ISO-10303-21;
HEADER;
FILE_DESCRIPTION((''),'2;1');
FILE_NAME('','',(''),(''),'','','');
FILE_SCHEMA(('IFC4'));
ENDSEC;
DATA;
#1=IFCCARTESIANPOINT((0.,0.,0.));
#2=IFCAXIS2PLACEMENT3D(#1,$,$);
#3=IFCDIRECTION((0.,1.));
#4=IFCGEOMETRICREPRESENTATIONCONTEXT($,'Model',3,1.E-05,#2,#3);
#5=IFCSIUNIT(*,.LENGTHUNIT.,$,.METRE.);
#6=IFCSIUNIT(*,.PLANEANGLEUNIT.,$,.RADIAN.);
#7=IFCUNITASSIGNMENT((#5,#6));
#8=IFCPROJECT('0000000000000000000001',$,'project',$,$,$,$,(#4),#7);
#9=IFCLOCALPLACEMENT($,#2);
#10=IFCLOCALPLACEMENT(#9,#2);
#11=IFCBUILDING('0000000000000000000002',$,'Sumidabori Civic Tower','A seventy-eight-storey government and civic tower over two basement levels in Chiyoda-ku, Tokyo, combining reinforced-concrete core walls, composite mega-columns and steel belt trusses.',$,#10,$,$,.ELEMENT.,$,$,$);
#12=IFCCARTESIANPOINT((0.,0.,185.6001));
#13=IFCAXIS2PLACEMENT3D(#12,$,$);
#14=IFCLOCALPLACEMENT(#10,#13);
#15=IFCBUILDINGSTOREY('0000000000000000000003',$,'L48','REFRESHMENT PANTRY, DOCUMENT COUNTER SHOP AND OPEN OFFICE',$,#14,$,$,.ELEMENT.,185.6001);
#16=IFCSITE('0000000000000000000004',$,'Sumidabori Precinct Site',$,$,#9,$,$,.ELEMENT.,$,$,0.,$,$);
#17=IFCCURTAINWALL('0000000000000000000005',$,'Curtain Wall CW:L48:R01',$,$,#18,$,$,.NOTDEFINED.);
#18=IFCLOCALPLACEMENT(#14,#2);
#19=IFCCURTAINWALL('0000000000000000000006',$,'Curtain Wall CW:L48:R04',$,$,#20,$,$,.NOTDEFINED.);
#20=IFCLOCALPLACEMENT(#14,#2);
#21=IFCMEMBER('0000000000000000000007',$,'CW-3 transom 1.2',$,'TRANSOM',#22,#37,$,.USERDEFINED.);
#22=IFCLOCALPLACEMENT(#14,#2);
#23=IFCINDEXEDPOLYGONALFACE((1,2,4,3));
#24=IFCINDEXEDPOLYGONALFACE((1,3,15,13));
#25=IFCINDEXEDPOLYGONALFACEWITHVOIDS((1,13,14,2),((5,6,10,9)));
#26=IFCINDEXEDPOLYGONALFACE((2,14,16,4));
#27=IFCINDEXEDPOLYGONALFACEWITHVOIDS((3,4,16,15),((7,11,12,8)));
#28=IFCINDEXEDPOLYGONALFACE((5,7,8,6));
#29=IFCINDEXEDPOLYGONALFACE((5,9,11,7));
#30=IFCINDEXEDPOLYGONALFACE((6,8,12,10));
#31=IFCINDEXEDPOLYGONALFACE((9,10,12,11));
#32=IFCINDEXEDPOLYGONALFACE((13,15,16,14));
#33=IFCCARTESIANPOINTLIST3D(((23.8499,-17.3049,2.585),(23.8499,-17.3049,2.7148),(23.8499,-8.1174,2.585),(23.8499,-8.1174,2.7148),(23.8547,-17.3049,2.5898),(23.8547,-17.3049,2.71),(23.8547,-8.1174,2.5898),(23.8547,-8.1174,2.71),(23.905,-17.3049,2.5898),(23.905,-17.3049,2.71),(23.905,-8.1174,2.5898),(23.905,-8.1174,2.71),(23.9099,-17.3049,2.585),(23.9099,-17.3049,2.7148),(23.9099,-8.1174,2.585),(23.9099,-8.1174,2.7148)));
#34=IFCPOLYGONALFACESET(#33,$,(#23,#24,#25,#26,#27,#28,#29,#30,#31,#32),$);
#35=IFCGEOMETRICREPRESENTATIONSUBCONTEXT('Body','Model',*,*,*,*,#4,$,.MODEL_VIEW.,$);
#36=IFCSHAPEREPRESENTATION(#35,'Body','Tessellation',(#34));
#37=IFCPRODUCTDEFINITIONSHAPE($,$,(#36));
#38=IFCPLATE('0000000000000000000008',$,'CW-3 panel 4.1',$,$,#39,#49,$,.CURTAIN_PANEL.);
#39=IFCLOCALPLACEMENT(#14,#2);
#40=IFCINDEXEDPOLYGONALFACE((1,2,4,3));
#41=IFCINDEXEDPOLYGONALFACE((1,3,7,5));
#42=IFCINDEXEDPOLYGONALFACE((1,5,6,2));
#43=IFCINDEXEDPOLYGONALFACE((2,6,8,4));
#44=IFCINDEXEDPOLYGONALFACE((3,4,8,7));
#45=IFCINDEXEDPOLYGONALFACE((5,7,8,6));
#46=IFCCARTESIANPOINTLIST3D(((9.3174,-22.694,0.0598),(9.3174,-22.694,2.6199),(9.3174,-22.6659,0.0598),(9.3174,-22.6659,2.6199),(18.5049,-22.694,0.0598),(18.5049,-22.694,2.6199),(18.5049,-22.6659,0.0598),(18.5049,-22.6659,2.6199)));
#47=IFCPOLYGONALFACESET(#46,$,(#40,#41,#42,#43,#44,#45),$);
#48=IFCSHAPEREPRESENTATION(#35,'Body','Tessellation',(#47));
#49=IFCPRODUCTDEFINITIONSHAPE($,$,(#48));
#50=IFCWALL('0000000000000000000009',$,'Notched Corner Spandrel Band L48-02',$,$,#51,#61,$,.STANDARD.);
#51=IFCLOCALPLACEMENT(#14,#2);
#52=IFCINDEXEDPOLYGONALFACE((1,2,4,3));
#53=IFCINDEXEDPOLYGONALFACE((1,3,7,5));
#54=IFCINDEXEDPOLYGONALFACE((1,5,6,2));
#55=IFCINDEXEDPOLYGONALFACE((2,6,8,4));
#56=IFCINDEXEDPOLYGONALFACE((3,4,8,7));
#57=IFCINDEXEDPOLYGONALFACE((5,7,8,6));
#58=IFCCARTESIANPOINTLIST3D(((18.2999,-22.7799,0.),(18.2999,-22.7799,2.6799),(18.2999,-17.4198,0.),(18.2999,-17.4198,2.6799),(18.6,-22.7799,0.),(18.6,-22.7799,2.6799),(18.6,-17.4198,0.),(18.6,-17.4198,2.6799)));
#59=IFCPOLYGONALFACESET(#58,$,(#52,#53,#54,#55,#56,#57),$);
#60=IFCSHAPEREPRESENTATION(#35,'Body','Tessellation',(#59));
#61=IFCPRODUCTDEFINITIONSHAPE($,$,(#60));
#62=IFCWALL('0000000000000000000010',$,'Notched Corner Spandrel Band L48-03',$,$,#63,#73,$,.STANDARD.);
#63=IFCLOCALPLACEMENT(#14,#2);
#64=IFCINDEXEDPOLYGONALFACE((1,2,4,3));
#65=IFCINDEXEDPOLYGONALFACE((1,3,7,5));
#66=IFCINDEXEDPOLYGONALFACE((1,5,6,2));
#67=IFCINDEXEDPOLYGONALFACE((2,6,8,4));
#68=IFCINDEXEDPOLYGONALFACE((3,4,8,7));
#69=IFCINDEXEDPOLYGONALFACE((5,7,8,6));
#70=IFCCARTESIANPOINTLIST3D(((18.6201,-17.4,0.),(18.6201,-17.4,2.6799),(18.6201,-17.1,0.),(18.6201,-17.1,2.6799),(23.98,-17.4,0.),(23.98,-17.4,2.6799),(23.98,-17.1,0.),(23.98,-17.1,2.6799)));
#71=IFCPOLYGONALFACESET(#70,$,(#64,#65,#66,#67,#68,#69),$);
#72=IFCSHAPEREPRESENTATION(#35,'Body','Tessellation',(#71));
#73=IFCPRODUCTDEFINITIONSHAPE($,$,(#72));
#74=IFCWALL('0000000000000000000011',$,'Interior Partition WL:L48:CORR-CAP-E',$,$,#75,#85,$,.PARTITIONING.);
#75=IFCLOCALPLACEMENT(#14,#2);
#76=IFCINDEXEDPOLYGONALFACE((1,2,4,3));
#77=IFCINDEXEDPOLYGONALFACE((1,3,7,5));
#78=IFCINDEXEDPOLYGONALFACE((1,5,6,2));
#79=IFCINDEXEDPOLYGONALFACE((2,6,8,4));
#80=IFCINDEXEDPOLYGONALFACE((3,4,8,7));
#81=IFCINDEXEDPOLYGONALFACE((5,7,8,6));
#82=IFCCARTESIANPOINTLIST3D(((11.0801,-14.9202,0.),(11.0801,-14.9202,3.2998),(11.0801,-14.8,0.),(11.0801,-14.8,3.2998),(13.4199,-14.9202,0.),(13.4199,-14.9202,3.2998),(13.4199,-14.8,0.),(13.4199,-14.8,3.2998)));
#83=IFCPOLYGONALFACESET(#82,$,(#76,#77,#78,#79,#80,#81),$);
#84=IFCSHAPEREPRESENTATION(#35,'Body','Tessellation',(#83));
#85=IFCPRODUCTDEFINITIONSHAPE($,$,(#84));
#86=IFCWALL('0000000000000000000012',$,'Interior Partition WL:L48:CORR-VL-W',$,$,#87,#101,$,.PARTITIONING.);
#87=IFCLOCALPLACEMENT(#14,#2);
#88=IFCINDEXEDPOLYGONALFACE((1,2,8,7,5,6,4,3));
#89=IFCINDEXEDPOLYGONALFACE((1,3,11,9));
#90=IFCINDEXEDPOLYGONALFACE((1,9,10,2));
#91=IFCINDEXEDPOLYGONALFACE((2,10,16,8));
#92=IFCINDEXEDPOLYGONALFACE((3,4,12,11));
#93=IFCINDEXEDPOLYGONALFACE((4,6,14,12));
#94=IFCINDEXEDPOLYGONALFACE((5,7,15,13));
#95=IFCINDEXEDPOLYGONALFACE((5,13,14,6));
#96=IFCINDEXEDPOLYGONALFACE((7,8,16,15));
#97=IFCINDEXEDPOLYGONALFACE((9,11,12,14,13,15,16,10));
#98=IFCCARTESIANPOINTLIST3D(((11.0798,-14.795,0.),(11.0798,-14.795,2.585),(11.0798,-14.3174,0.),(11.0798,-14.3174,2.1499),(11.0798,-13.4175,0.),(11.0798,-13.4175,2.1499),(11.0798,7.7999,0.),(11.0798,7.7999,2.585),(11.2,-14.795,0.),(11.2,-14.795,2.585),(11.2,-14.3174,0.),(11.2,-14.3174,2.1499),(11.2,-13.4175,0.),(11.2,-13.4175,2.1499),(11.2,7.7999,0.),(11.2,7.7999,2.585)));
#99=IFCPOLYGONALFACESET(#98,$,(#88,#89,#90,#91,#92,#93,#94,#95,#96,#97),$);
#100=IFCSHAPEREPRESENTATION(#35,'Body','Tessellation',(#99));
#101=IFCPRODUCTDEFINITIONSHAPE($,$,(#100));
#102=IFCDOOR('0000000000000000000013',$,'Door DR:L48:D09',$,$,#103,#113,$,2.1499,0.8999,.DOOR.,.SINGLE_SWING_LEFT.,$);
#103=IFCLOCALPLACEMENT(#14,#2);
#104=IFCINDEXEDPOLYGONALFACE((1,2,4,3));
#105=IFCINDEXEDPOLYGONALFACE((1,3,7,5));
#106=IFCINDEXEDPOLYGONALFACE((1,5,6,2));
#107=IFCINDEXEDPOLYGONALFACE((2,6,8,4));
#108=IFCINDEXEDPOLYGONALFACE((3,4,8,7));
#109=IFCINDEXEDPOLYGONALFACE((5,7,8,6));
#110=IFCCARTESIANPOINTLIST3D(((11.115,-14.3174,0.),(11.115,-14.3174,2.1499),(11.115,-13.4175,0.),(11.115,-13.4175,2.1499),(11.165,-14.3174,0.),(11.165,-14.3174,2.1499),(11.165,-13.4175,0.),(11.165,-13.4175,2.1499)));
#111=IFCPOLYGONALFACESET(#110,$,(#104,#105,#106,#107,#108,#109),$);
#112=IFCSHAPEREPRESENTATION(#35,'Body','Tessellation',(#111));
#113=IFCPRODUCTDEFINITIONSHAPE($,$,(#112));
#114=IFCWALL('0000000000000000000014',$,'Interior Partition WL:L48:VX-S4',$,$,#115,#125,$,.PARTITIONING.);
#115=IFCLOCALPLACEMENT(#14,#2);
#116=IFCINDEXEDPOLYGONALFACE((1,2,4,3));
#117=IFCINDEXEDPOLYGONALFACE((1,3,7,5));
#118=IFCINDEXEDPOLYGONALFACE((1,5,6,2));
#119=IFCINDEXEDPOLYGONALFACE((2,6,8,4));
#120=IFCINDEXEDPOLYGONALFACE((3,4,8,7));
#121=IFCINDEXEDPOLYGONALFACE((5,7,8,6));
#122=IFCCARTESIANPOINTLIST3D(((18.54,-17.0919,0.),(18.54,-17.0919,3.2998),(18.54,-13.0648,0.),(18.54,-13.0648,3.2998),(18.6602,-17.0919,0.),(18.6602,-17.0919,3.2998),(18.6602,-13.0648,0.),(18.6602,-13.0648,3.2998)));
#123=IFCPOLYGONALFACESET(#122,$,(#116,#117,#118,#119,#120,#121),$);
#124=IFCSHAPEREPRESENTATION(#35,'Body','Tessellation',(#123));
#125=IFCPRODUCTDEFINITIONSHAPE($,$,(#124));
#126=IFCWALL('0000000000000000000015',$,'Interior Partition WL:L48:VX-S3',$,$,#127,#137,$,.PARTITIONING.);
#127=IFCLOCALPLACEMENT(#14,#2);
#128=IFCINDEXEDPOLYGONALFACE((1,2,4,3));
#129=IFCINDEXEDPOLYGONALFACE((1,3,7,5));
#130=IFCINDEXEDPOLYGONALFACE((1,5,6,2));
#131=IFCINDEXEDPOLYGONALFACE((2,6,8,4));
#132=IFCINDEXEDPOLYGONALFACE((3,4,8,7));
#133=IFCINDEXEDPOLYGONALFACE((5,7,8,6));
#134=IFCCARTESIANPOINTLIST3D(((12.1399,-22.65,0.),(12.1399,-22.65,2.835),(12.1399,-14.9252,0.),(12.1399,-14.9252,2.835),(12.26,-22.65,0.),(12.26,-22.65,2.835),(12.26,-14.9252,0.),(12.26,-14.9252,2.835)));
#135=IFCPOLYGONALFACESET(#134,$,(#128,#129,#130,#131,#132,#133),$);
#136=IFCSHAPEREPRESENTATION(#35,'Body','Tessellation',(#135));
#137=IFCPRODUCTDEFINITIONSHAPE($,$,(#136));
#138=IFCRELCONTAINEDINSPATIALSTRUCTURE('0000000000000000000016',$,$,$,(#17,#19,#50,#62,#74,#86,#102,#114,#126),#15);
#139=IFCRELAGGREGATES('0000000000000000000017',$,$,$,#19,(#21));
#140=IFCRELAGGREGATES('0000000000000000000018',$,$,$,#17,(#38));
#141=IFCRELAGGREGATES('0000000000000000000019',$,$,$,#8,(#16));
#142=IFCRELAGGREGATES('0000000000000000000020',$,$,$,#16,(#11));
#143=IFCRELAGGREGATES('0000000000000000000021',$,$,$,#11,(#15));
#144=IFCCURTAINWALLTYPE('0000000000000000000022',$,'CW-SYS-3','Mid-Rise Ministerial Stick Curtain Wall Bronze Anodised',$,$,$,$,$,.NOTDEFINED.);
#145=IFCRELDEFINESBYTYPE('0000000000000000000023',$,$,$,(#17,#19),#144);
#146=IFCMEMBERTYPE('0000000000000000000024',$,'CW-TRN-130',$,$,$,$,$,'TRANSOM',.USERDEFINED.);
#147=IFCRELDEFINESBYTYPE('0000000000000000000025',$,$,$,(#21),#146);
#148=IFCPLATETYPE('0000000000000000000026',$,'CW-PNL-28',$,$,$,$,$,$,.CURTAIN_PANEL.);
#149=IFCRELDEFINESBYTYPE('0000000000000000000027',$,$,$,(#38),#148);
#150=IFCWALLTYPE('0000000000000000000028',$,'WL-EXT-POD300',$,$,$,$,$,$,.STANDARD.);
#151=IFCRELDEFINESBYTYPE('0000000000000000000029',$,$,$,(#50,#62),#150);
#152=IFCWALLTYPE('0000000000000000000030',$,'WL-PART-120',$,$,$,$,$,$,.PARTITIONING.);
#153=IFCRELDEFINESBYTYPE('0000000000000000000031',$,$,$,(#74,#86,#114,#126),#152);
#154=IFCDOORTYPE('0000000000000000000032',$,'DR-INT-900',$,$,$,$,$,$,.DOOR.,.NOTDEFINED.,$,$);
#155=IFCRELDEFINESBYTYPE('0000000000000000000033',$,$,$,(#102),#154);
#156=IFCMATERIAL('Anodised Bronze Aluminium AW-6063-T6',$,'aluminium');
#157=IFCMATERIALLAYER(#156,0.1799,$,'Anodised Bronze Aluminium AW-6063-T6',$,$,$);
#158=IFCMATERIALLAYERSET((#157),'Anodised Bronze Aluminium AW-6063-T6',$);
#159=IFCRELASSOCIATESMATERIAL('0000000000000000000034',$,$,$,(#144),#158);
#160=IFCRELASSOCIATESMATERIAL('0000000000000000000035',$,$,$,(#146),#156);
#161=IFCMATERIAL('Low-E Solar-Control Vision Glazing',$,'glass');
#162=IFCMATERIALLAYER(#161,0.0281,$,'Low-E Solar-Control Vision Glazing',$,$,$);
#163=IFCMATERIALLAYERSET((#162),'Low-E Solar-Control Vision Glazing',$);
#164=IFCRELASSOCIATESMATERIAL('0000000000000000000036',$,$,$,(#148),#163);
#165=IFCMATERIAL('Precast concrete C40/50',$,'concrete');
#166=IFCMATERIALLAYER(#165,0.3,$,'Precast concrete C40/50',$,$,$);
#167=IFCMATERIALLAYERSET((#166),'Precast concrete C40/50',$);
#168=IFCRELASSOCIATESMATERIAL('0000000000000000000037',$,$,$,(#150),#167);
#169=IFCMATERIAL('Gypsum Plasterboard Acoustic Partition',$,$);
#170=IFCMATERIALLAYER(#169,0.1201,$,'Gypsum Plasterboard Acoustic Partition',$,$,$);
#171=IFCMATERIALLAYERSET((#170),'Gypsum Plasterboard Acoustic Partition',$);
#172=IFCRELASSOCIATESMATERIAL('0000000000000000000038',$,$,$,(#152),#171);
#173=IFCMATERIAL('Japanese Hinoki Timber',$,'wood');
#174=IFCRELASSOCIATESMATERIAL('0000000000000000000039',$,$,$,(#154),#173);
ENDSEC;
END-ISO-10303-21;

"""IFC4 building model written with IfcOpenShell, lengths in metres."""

from ifc_helpers import new_model, si_unit, direction, frame, frame_2d, origin, origin_2d, place, context, subcontext, project, spatial, rectangle, hollow_rectangle, extrude, source, transform, mapped, material, layer, layer_set, material_profile, profile_set, type_object, element, fill, aggregate, save


model = new_model("IFC4")

# Units and contexts
model_context = context("Model", 3, precision=1e-05, world=origin(), true_north=direction((0.0, 1.0)))
body_context = subcontext(model_context, "Body", "Model", "MODEL_VIEW")
ifc_project = project(units=[si_unit("LENGTHUNIT", "METRE"), si_unit("PLANEANGLEUNIT", "RADIAN")], contexts=[model_context])

# Site, building, storey
site_placement = place(None, origin())
site = spatial("IfcSite", under=ifc_project, at=site_placement, Name="Sumidabori Precinct Site", CompositionType="ELEMENT", RefElevation=0.0)
building_placement = place(site_placement, origin())
building = spatial("IfcBuilding", under=site, at=building_placement, Name="Sumidabori Civic Tower", Description="A seventy-eight-storey government and civic tower over two basement levels in Chiyoda-ku, Tokyo, combining reinforced-concrete core walls, composite mega-columns and steel belt trusses.", CompositionType="ELEMENT")
storey_placement = place(building_placement, frame((0.0, 0.0, 185.6001)))
storey = spatial("IfcBuildingStorey", under=building, at=storey_placement, Name="L48", Description="REFRESHMENT PANTRY, DOCUMENT COUNTER SHOP AND OPEN OFFICE", CompositionType="ELEMENT", Elevation=185.6001)

# Curtain wall
ifc_material_1 = material(Name="Anodised Bronze Aluminium AW-6063-T6", Category="aluminium")
ifc_layer_1 = layer(ifc_material_1, 0.1799, Name="Anodised Bronze Aluminium AW-6063-T6")
ifc_layer_set_1 = layer_set([ifc_layer_1], Name="Anodised Bronze Aluminium AW-6063-T6")
curtain_wall_type = type_object("IfcCurtainWallType", Name="CW-SYS-3", Description="Mid-Rise Ministerial Stick Curtain Wall Bronze Anodised", PredefinedType="NOTDEFINED", material=ifc_layer_set_1)
curtain_wall_1_placement = place(storey_placement, origin())
curtain_wall_1 = element("IfcCurtainWall", 1, at=curtain_wall_1_placement, inside=storey, type_object=curtain_wall_type, Name="Curtain Wall CW:L48:R01", PredefinedType="NOTDEFINED")

# Curtain wall
curtain_wall_2_placement = place(storey_placement, origin())
curtain_wall_2 = element("IfcCurtainWall", 2, at=curtain_wall_2_placement, inside=storey, type_object=curtain_wall_type, Name="Curtain Wall CW:L48:R04", PredefinedType="NOTDEFINED")

# Member
ifc_material_profile_1 = material_profile(ifc_material_1, hollow_rectangle(XDim=0.0601, YDim=0.1299, WallThickness=0.0049, at=origin_2d()), Name="ALU TRANSOM 130x60")
ifc_profile_set_1 = profile_set([ifc_material_profile_1], Name="Anodised Bronze Aluminium AW-6063-T6")
member_type_1 = type_object("IfcMemberType", Name="CW-TRN-130", ElementType="TRANSOM", PredefinedType="USERDEFINED", material=ifc_profile_set_1)
shared_shape_1 = source(origin(), body_context, "Body", "SweptSolid", [
    extrude(hollow_rectangle(XDim=0.0601, YDim=0.1299, WallThickness=0.0049, at=origin_2d()), origin(), (0.0, 0.0, 1.0), 9.1875),
])
member_1_placement = place(storey_placement, frame((23.8799, -17.3049, 2.6499), z_axis=(0.0, 1.0, 0.0), x_axis=(-1.0, 0.0, 0.0)))
member_1 = element("IfcMember", 3, at=member_1_placement, type_object=member_type_1, Name="CW-3 transom 1.2", ObjectType="TRANSOM", PredefinedType="USERDEFINED", context=body_context, shape_type="MappedRepresentation", body=[
    mapped(shared_shape_1, transform((0.0, 0.0, 0.0), x_axis=(1.0, 0.0, 0.0), y_axis=(0.0, 1.0, 0.0), z_axis=(0.0, 0.0, 1.0), scale=1.0)),
])
aggregate(curtain_wall_2, [member_1])

# Plate
ifc_material_2 = material(Name="Low-E Solar-Control Vision Glazing", Category="glass")
ifc_layer_2 = layer(ifc_material_2, 0.0281, Name="Low-E Solar-Control Vision Glazing")
ifc_layer_set_2 = layer_set([ifc_layer_2], Name="Low-E Solar-Control Vision Glazing")
plate_type = type_object("IfcPlateType", Name="CW-PNL-28", PredefinedType="CURTAIN_PANEL", material=ifc_layer_set_2)
shared_shape_2 = source(origin(), body_context, "Body", "SweptSolid", [
    extrude(rectangle(XDim=9.1875, YDim=0.0281, at=origin_2d()), origin(), (0.0, 0.0, 1.0), 2.5601),
])
plate_placement = place(storey_placement, frame((13.9111, -22.6799, 0.0598), z_axis=(0.0, 0.0, 1.0), x_axis=(1.0, 0.0, 0.0)))
plate = element("IfcPlate", 4, at=plate_placement, type_object=plate_type, Name="CW-3 panel 4.1", PredefinedType="CURTAIN_PANEL", context=body_context, shape_type="MappedRepresentation", body=[
    mapped(shared_shape_2, transform((0.0, 0.0, 0.0), x_axis=(1.0, 0.0, 0.0), y_axis=(0.0, 1.0, 0.0), z_axis=(0.0, 0.0, 1.0), scale=1.0)),
])
aggregate(curtain_wall_1, [plate])

# Walls
ifc_material_3 = material(Name="Precast concrete C40/50", Category="concrete")
ifc_layer_3 = layer(ifc_material_3, 0.3, Name="Precast concrete C40/50")
ifc_layer_set_3 = layer_set([ifc_layer_3], Name="Precast concrete C40/50")
wall_type_1 = type_object("IfcWallType", Name="WL-EXT-POD300", PredefinedType="STANDARD", material=ifc_layer_set_3)
shared_shape_3 = source(origin(), body_context, "Body", "SweptSolid", [
    extrude(rectangle(XDim=5.3601, YDim=0.3, at=frame_2d((2.6802, 0.0))), origin(), (0.0, 0.0, 1.0), 2.6799),
])
wall_1_placement = place(storey_placement, frame((18.45, -22.78, 0.0), z_axis=(0.0, 0.0, 1.0), x_axis=(0.0, 1.0, 0.0)))
element("IfcWall", 5, at=wall_1_placement, inside=storey, type_object=wall_type_1, Name="Notched Corner Spandrel Band L48-02", PredefinedType="STANDARD", context=body_context, shape_type="MappedRepresentation", body=[
    mapped(shared_shape_3, transform((0.0, 0.0, 0.0), x_axis=(1.0, 0.0, 0.0), y_axis=(0.0, 1.0, 0.0), z_axis=(0.0, 0.0, 1.0), scale=1.0)),
])
shared_shape_4 = source(origin(), body_context, "Body", "SweptSolid", [
    extrude(rectangle(XDim=5.3599, YDim=0.3, at=frame_2d((2.6799, 0.0))), origin(), (0.0, 0.0, 1.0), 2.6799),
])
wall_2_placement = place(storey_placement, frame((18.6201, -17.25, 0.0), z_axis=(0.0, 0.0, 1.0), x_axis=(1.0, 0.0, 0.0)))
element("IfcWall", 6, at=wall_2_placement, inside=storey, type_object=wall_type_1, Name="Notched Corner Spandrel Band L48-03", PredefinedType="STANDARD", context=body_context, shape_type="MappedRepresentation", body=[
    mapped(shared_shape_4, transform((0.0, 0.0, 0.0), x_axis=(1.0, 0.0, 0.0), y_axis=(0.0, 1.0, 0.0), z_axis=(0.0, 0.0, 1.0), scale=1.0)),
])
ifc_material_4 = material(Name="Gypsum Plasterboard Acoustic Partition")
ifc_layer_4 = layer(ifc_material_4, 0.1201, Name="Gypsum Plasterboard Acoustic Partition")
ifc_layer_set_4 = layer_set([ifc_layer_4], Name="Gypsum Plasterboard Acoustic Partition")
wall_type_2 = type_object("IfcWallType", Name="WL-PART-120", PredefinedType="PARTITIONING", material=ifc_layer_set_4)
shared_shape_5 = source(origin(), body_context, "Body", "SweptSolid", [
    extrude(rectangle(XDim=2.3398, YDim=0.1201, at=frame_2d((1.1699, 0.0))), origin(), (0.0, 0.0, 1.0), 3.2998),
])
wall_3_placement = place(storey_placement, frame((11.0801, -14.8601, 0.0), z_axis=(0.0, 0.0, 1.0), x_axis=(1.0, 0.0, 0.0)))
element("IfcWall", 7, at=wall_3_placement, inside=storey, type_object=wall_type_2, Name="Interior Partition WL:L48:CORR-CAP-E", PredefinedType="PARTITIONING", context=body_context, shape_type="MappedRepresentation", body=[
    mapped(shared_shape_5, transform((0.0, 0.0, 0.0), x_axis=(1.0, 0.0, 0.0), y_axis=(0.0, 1.0, 0.0), z_axis=(0.0, 0.0, 1.0), scale=1.0)),
])

# Wall, opening, door
shared_shape_6 = source(origin(), body_context, "Body", "SweptSolid", [
    extrude(rectangle(XDim=22.595, YDim=0.1201, at=frame_2d((11.2974, 0.0))), origin(), (0.0, 0.0, 1.0), 2.585),
])
wall_4_placement = place(storey_placement, frame((11.1399, -14.7949, 0.0), z_axis=(0.0, 0.0, 1.0), x_axis=(0.0, 1.0, 0.0)))
wall_4 = element("IfcWall", 8, at=wall_4_placement, inside=storey, type_object=wall_type_2, Name="Interior Partition WL:L48:CORR-VL-W", PredefinedType="PARTITIONING", context=body_context, shape_type="MappedRepresentation", body=[
    mapped(shared_shape_6, transform((0.0, 0.0, 0.0), x_axis=(1.0, 0.0, 0.0), y_axis=(0.0, 1.0, 0.0), z_axis=(0.0, 0.0, 1.0), scale=1.0)),
])
opening_placement = place(wall_4_placement, frame((0.4775, 0.0, 0.0)))
opening = element("IfcOpeningElement", 9, at=opening_placement, cuts=wall_4, PredefinedType="OPENING", context=body_context, shape_type="SweptSolid", body=[
    extrude(rectangle(XDim=0.8999, YDim=2.1499, at=frame_2d((0.45, 1.075))), frame((0.0, 0.072, 0.0), z_axis=(0.0, -1.0, 0.0), x_axis=(1.0, 0.0, 0.0)), (0.0, 0.0, 1.0), 0.144),
])
ifc_material_5 = material(Name="Japanese Hinoki Timber", Category="wood")
door_type = type_object("IfcDoorType", Name="DR-INT-900", OperationType="NOTDEFINED", PredefinedType="DOOR", material=ifc_material_5)
shared_shape_7 = source(origin(), body_context, "Body", "SweptSolid", [
    extrude(rectangle(XDim=0.8999, YDim=2.1499, at=frame_2d((0.45, 1.075))), frame((0.0, 0.0249, 0.0), z_axis=(0.0, -1.0, 0.0), x_axis=(1.0, 0.0, 0.0)), (0.0, 0.0, 1.0), 0.05),
])
door_placement = place(opening_placement, origin())
door = element("IfcDoor", 10, at=door_placement, inside=storey, type_object=door_type, Name="Door DR:L48:D09", OperationType="SINGLE_SWING_LEFT", OverallHeight=2.1499, OverallWidth=0.8999, PredefinedType="DOOR", context=body_context, shape_type="MappedRepresentation", body=[
    mapped(shared_shape_7, transform((0.0, 0.0, 0.0), x_axis=(1.0, 0.0, 0.0), y_axis=(0.0, 1.0, 0.0), z_axis=(0.0, 0.0, 1.0), scale=1.0)),
])
fill(opening, door)

# Walls
shared_shape_8 = source(origin(), body_context, "Body", "SweptSolid", [
    extrude(rectangle(XDim=4.0271, YDim=0.1201, at=frame_2d((2.0137, 0.0))), origin(), (0.0, 0.0, 1.0), 3.2998),
])
wall_5_placement = place(storey_placement, frame((18.6001, -17.092, 0.0), z_axis=(0.0, 0.0, 1.0), x_axis=(0.0, 1.0, 0.0)))
element("IfcWall", 11, at=wall_5_placement, inside=storey, type_object=wall_type_2, Name="Interior Partition WL:L48:VX-S4", PredefinedType="PARTITIONING", context=body_context, shape_type="MappedRepresentation", body=[
    mapped(shared_shape_8, transform((0.0, 0.0, 0.0), x_axis=(1.0, 0.0, 0.0), y_axis=(0.0, 1.0, 0.0), z_axis=(0.0, 0.0, 1.0), scale=1.0)),
])
shared_shape_9 = source(origin(), body_context, "Body", "SweptSolid", [
    extrude(rectangle(XDim=7.7249, YDim=0.1201, at=frame_2d((3.8623, 0.0))), origin(), (0.0, 0.0, 1.0), 2.835),
])
wall_6_placement = place(storey_placement, frame((12.2, -22.6499, 0.0), z_axis=(0.0, 0.0, 1.0), x_axis=(0.0, 1.0, 0.0)))
element("IfcWall", 12, at=wall_6_placement, inside=storey, type_object=wall_type_2, Name="Interior Partition WL:L48:VX-S3", PredefinedType="PARTITIONING", context=body_context, shape_type="MappedRepresentation", body=[
    mapped(shared_shape_9, transform((0.0, 0.0, 0.0), x_axis=(1.0, 0.0, 0.0), y_axis=(0.0, 1.0, 0.0), z_axis=(0.0, 0.0, 1.0), scale=1.0)),
])

save(model, "model.ifc")
